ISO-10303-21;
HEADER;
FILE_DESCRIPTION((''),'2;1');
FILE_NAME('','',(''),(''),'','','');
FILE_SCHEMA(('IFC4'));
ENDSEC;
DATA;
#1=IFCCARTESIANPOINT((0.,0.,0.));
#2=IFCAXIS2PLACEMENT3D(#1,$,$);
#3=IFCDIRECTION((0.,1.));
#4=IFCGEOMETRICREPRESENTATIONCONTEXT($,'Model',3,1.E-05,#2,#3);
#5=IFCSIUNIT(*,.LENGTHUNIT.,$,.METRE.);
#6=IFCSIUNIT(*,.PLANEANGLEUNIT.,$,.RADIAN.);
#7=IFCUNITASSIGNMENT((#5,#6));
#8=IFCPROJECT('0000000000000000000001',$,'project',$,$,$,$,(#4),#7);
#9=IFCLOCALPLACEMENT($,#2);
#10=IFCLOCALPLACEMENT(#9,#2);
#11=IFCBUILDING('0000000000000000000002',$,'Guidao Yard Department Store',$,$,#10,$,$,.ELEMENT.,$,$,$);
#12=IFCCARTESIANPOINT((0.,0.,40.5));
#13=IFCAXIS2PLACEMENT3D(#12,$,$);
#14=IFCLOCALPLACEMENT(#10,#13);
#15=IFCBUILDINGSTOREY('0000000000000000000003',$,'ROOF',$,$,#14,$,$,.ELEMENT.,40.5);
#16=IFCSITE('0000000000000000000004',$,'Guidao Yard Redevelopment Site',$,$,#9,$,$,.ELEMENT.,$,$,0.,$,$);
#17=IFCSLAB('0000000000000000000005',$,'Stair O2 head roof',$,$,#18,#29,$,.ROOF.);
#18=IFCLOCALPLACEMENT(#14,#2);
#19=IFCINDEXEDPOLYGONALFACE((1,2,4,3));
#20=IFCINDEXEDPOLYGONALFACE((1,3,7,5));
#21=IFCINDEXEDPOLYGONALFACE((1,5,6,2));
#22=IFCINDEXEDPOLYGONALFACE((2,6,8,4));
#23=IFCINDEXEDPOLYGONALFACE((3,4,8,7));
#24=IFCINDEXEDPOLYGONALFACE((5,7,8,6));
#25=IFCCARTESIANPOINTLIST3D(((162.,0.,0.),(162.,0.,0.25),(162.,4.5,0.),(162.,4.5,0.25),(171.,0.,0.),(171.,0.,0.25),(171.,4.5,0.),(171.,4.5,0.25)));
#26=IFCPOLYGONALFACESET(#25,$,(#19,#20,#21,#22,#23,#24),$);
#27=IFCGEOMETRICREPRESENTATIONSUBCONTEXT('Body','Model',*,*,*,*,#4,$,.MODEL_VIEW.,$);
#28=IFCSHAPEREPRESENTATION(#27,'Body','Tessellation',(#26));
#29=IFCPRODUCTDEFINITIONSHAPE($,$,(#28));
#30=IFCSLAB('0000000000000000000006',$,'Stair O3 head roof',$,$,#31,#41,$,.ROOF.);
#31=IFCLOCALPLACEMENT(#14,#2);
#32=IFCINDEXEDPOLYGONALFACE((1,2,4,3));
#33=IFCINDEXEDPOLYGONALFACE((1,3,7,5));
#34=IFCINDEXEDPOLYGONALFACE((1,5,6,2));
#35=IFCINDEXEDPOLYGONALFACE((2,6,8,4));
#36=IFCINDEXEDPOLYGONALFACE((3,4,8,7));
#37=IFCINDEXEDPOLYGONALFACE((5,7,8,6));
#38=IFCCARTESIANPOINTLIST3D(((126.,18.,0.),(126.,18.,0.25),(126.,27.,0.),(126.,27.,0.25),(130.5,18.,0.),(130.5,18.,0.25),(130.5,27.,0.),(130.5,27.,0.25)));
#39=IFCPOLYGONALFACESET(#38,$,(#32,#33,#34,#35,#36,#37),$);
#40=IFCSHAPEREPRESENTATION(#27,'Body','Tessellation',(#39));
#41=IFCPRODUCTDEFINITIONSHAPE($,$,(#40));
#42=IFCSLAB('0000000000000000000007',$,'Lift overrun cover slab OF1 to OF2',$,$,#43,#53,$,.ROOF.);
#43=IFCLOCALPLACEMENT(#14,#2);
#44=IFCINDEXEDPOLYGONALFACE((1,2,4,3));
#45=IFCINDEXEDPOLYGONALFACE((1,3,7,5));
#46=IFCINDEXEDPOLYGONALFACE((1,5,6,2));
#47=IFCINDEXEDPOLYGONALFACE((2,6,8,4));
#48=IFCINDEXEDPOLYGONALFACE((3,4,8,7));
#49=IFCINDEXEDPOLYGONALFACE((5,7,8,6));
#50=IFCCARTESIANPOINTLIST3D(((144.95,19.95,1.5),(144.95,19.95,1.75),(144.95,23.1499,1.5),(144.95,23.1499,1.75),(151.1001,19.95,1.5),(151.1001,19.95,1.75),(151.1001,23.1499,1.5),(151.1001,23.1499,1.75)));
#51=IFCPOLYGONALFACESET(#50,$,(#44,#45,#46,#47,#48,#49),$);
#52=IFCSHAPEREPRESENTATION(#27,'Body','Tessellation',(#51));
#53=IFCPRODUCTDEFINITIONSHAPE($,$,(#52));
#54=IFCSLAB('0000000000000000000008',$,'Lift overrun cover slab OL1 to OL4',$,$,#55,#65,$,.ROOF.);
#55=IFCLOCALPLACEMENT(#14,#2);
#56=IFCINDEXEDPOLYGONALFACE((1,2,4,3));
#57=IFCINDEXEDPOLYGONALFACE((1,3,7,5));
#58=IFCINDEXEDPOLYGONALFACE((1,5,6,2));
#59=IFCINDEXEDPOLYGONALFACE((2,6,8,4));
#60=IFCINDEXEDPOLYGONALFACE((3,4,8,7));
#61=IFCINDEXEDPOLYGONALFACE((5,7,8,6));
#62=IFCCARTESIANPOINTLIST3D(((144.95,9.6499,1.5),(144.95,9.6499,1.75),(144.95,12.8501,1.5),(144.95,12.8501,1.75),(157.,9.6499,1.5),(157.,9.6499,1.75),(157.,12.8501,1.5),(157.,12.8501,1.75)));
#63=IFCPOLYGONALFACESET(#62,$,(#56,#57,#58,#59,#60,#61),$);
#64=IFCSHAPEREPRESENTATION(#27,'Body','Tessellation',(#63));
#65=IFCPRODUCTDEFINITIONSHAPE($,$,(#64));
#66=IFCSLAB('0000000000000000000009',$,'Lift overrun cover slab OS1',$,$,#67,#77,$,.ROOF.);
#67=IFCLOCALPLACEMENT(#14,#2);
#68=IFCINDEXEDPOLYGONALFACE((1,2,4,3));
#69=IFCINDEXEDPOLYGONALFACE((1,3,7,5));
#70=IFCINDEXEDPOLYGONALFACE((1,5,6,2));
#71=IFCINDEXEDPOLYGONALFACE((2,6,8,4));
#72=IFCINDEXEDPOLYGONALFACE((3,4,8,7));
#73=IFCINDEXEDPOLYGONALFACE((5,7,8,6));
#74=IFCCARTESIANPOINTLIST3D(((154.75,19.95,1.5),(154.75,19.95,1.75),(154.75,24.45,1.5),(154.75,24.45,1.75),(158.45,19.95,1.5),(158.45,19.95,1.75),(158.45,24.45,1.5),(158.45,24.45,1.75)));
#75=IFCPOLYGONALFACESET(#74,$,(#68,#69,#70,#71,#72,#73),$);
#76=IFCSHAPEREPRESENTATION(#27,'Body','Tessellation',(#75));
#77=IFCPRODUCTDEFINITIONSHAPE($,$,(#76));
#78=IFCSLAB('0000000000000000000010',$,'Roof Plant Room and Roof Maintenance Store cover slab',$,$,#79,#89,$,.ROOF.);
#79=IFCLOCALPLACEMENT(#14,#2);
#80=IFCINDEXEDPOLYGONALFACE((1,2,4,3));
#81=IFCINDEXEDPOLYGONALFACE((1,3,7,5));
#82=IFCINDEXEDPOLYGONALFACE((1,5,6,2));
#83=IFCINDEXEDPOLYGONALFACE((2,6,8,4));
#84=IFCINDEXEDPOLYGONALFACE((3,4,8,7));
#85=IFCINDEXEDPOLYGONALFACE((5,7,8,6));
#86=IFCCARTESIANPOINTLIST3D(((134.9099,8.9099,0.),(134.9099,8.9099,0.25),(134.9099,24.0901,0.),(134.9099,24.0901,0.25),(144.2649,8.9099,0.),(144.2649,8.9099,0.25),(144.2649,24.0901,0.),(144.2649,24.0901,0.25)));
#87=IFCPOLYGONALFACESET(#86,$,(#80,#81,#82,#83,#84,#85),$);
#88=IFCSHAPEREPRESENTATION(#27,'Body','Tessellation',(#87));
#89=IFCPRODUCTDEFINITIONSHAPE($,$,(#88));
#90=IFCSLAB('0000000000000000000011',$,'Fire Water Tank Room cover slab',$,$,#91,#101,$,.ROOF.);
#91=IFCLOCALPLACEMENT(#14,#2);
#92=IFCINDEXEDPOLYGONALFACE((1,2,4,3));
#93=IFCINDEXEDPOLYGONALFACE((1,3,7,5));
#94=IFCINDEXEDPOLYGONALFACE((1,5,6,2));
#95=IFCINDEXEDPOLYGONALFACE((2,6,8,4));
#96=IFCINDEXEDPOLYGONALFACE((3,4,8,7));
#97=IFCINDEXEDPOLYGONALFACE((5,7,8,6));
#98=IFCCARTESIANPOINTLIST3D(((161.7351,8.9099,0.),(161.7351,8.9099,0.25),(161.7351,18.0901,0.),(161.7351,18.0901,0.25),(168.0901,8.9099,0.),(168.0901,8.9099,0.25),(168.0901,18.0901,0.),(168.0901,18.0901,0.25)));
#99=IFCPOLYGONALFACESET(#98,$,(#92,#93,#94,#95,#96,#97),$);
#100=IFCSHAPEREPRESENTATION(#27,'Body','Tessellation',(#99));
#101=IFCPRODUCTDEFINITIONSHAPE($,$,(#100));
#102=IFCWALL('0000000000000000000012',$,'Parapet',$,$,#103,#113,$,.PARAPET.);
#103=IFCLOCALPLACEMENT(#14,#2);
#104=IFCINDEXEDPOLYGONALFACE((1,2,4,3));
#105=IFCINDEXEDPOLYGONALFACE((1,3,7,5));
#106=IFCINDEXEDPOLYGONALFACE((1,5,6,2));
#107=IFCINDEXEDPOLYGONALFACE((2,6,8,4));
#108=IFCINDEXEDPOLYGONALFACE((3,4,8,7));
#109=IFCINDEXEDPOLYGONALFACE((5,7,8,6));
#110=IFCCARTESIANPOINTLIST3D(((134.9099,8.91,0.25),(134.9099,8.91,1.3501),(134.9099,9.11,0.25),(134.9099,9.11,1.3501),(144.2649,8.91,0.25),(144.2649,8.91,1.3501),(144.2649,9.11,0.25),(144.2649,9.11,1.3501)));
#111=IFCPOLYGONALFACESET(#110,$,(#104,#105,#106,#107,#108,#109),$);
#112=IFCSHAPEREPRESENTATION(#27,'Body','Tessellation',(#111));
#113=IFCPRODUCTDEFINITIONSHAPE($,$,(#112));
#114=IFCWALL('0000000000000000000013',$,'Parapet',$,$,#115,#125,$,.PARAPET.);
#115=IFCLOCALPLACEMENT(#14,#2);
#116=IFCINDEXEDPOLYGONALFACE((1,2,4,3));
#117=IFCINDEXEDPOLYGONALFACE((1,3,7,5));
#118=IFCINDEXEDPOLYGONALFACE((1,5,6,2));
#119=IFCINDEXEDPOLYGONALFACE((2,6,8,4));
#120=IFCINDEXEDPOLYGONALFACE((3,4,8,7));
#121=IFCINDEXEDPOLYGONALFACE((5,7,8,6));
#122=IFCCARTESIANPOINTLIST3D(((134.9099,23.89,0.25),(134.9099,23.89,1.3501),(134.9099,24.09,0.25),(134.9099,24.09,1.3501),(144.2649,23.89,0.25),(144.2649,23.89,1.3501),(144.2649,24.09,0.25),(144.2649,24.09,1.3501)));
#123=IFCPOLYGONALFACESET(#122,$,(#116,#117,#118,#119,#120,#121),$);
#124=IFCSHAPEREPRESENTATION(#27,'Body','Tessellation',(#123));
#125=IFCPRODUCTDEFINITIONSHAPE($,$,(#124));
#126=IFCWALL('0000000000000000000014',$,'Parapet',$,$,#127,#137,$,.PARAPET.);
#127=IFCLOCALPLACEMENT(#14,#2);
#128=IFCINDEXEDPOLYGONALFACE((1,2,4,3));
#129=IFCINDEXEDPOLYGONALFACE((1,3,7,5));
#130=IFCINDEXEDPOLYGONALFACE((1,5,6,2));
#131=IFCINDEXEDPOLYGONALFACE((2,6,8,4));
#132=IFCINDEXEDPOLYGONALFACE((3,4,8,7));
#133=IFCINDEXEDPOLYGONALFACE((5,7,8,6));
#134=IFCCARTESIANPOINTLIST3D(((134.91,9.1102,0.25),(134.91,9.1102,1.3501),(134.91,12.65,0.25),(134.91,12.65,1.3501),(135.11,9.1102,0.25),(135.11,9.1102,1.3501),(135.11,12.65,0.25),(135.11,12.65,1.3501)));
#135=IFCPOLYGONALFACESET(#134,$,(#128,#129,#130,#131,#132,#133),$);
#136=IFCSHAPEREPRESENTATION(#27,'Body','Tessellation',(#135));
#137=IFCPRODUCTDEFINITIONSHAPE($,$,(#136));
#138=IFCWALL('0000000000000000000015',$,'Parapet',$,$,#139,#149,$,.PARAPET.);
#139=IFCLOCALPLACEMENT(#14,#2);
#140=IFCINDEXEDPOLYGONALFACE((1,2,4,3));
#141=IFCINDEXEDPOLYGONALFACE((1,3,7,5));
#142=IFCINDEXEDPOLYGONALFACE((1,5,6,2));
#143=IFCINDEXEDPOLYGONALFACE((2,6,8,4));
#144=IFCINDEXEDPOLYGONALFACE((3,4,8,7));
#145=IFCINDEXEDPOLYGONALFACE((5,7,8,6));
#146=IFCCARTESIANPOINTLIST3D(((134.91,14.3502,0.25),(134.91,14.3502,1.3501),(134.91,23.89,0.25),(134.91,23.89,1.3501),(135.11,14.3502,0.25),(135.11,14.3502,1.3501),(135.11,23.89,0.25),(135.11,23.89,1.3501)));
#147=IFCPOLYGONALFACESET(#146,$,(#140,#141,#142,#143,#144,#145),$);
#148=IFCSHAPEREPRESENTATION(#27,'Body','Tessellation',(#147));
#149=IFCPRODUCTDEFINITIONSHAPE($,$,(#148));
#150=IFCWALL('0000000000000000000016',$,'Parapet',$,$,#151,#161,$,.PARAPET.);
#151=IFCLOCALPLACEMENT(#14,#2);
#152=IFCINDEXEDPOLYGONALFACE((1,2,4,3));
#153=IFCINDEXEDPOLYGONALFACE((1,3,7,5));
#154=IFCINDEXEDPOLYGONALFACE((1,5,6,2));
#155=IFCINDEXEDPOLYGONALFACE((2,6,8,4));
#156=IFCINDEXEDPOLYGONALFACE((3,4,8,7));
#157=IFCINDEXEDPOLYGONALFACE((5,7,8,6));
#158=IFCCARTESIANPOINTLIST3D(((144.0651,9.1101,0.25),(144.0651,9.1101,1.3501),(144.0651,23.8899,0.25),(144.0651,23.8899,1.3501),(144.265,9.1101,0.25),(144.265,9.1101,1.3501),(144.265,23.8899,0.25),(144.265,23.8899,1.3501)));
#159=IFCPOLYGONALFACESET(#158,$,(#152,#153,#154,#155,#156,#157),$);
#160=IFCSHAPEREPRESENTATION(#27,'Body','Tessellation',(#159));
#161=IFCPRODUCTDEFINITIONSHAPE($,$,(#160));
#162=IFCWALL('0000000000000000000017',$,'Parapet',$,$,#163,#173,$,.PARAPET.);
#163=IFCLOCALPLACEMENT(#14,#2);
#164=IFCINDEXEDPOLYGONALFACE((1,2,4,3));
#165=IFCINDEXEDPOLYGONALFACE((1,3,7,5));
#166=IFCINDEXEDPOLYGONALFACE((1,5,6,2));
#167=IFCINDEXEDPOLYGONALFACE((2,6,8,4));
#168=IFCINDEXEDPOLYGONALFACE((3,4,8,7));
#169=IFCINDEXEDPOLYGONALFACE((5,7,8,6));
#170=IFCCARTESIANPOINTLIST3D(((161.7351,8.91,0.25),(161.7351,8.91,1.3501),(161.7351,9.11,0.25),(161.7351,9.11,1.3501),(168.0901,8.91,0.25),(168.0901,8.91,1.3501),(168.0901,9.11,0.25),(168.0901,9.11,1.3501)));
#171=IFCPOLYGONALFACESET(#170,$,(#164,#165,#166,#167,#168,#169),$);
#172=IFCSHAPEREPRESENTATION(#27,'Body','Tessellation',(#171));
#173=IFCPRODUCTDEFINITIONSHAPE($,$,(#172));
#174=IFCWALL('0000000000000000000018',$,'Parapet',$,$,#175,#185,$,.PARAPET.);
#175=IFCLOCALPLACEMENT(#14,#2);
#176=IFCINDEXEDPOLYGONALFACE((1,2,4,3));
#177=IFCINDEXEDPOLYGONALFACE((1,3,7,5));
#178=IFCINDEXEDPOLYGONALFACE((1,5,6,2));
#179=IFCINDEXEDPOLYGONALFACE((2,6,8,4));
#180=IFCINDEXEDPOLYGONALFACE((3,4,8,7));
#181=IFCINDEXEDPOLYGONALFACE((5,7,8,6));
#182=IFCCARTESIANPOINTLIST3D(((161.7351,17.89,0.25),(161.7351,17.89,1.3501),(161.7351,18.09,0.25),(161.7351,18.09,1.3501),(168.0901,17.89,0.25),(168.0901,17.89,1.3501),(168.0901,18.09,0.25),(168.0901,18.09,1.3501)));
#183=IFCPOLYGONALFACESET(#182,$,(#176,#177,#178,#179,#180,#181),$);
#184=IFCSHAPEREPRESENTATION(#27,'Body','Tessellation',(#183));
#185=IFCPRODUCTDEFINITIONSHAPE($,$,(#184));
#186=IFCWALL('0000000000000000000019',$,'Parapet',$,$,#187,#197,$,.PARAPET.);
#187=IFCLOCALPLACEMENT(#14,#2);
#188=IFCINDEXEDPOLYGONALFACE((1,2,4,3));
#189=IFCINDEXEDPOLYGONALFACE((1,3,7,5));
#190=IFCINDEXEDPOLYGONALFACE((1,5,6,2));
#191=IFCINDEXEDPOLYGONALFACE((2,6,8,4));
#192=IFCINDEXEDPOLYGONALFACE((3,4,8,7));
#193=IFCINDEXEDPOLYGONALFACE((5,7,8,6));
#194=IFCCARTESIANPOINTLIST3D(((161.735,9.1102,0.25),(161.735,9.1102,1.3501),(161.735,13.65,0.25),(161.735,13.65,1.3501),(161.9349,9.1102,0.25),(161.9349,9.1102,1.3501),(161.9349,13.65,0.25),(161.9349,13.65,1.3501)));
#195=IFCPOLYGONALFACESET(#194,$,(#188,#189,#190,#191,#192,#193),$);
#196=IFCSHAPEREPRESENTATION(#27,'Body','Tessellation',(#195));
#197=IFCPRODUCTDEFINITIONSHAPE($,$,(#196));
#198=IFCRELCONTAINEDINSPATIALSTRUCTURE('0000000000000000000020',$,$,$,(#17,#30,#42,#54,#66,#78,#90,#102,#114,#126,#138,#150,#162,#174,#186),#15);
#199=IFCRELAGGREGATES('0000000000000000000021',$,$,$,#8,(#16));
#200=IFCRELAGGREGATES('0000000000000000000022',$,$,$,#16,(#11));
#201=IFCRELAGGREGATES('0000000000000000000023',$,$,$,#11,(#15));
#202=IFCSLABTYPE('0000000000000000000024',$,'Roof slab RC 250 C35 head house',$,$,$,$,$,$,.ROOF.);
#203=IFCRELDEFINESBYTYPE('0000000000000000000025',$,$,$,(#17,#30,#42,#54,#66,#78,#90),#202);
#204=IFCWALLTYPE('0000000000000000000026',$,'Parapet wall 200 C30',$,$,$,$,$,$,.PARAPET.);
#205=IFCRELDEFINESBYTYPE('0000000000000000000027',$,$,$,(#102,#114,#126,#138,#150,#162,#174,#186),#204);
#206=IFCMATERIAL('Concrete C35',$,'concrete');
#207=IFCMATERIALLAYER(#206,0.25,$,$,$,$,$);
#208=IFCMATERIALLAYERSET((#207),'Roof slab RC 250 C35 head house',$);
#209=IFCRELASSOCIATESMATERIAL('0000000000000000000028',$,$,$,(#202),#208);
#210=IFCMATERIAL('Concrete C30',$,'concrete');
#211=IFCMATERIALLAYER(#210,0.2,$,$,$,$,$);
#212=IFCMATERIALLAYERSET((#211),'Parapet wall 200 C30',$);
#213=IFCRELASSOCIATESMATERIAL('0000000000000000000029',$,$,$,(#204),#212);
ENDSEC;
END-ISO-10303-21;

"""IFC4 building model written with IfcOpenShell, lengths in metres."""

from ifc_helpers import new_model, si_unit, direction, frame, frame_2d, origin, place, context, subcontext, project, spatial, polyline, rectangle, outline, extrude, material, layer, layer_set, type_object, element, save


model = new_model("IFC4")

# Units and contexts
model_context = context("Model", 3, precision=1e-05, world=origin(), true_north=direction((0.0, 1.0)))
body_context = subcontext(model_context, "Body", "Model", "MODEL_VIEW")
ifc_project = project(units=[si_unit("LENGTHUNIT", "METRE"), si_unit("PLANEANGLEUNIT", "RADIAN")], contexts=[model_context])

# Site, building, storey
site_placement = place(None, origin())
site = spatial("IfcSite", under=ifc_project, at=site_placement, Name="Guidao Yard Redevelopment Site", CompositionType="ELEMENT", RefElevation=0.0)
building_placement = place(site_placement, origin())
building = spatial("IfcBuilding", under=site, at=building_placement, Name="Guidao Yard Department Store", CompositionType="ELEMENT")
storey_placement = place(building_placement, frame((0.0, 0.0, 40.5)))
storey = spatial("IfcBuildingStorey", under=building, at=storey_placement, Name="ROOF", CompositionType="ELEMENT", Elevation=40.5)

# Slabs
ifc_material_1 = material(Name="Concrete C35", Category="concrete")
ifc_layer_1 = layer(ifc_material_1, 0.25)
ifc_layer_set_1 = layer_set([ifc_layer_1], Name="Roof slab RC 250 C35 head house")
slab_type = type_object("IfcSlabType", Name="Roof slab RC 250 C35 head house", PredefinedType="ROOF", material=ifc_layer_set_1)
slab_1_placement = place(storey_placement, origin())
element("IfcSlab", 1, at=slab_1_placement, inside=storey, type_object=slab_type, Name="Stair O2 head roof", PredefinedType="ROOF", context=body_context, shape_type="SweptSolid", body=[
    extrude(outline(polyline([(162.0, 0.0), (171.0, 0.0), (171.0, 4.5), (162.0, 4.5), (162.0, 0.0)])), origin(), (0.0, 0.0, 1.0), 0.25),
])
slab_2_placement = place(storey_placement, origin())
element("IfcSlab", 2, at=slab_2_placement, inside=storey, type_object=slab_type, Name="Stair O3 head roof", PredefinedType="ROOF", context=body_context, shape_type="SweptSolid", body=[
    extrude(outline(polyline([(126.0, 18.0), (130.5, 18.0), (130.5, 27.0), (126.0, 27.0), (126.0, 18.0)])), origin(), (0.0, 0.0, 1.0), 0.25),
])
slab_3_placement = place(storey_placement, frame((0.0, 0.0, 1.5)))
element("IfcSlab", 3, at=slab_3_placement, inside=storey, type_object=slab_type, Name="Lift overrun cover slab OF1 to OF2", PredefinedType="ROOF", context=body_context, shape_type="SweptSolid", body=[
    extrude(outline(polyline([(144.95, 19.95), (151.1001, 19.95), (151.1001, 23.1499), (144.95, 23.1499), (144.95, 19.95)])), origin(), (0.0, 0.0, 1.0), 0.25),
])
slab_4_placement = place(storey_placement, frame((0.0, 0.0, 1.5)))
element("IfcSlab", 4, at=slab_4_placement, inside=storey, type_object=slab_type, Name="Lift overrun cover slab OL1 to OL4", PredefinedType="ROOF", context=body_context, shape_type="SweptSolid", body=[
    extrude(outline(polyline([(144.95, 9.6499), (157.0, 9.6499), (157.0, 12.8501), (144.95, 12.8501), (144.95, 9.6499)])), origin(), (0.0, 0.0, 1.0), 0.25),
])
slab_5_placement = place(storey_placement, frame((0.0, 0.0, 1.5)))
element("IfcSlab", 5, at=slab_5_placement, inside=storey, type_object=slab_type, Name="Lift overrun cover slab OS1", PredefinedType="ROOF", context=body_context, shape_type="SweptSolid", body=[
    extrude(outline(polyline([(154.75, 19.95), (158.45, 19.95), (158.45, 24.45), (154.75, 24.45), (154.75, 19.95)])), origin(), (0.0, 0.0, 1.0), 0.25),
])
slab_6_placement = place(storey_placement, origin())
element("IfcSlab", 6, at=slab_6_placement, inside=storey, type_object=slab_type, Name="Roof Plant Room and Roof Maintenance Store cover slab", PredefinedType="ROOF", context=body_context, shape_type="SweptSolid", body=[
    extrude(outline(polyline([(134.9099, 24.0901), (144.2649, 24.0901), (144.2649, 8.9099), (134.9099, 8.9099), (134.9099, 24.0901)])), origin(), (0.0, 0.0, 1.0), 0.25),
])
slab_7_placement = place(storey_placement, origin())
element("IfcSlab", 7, at=slab_7_placement, inside=storey, type_object=slab_type, Name="Fire Water Tank Room cover slab", PredefinedType="ROOF", context=body_context, shape_type="SweptSolid", body=[
    extrude(outline(polyline([(168.0901, 8.9099), (161.7351, 8.9099), (161.7351, 18.0901), (168.0901, 18.0901), (168.0901, 8.9099)])), origin(), (0.0, 0.0, 1.0), 0.25),
])

# Walls
ifc_material_2 = material(Name="Concrete C30", Category="concrete")
ifc_layer_2 = layer(ifc_material_2, 0.2)
ifc_layer_set_2 = layer_set([ifc_layer_2], Name="Parapet wall 200 C30")
wall_type = type_object("IfcWallType", Name="Parapet wall 200 C30", PredefinedType="PARAPET", material=ifc_layer_set_2)
for number, where, z_axis, x_axis, name in (
    (8, (134.9099, 9.01, 0.25), (0.0, 0.0, 1.0), (1.0, 0.0, 0.0), "Parapet"),
    (9, (134.9099, 23.99, 0.25), (0.0, 0.0, 1.0), (1.0, 0.0, 0.0), "Parapet"),
):
    element("IfcWall", number, at=place(storey_placement, frame(where, z_axis=z_axis, x_axis=x_axis)), inside=storey, type_object=wall_type, Name=name, PredefinedType="PARAPET", context=body_context, shape_type="SweptSolid", body=[
        extrude(rectangle(XDim=9.355, YDim=0.2, at=frame_2d((4.6775, 0.0))), origin(), (0.0, 0.0, 1.0), 1.1001),
    ])
wall_1_placement = place(storey_placement, frame((135.01, 9.1101, 0.25), z_axis=(0.0, 0.0, 1.0), x_axis=(0.0, 1.0, 0.0)))
element("IfcWall", 10, at=wall_1_placement, inside=storey, type_object=wall_type, Name="Parapet", PredefinedType="PARAPET", context=body_context, shape_type="SweptSolid", body=[
    extrude(rectangle(XDim=3.5398, YDim=0.2, at=frame_2d((1.77, 0.0))), origin(), (0.0, 0.0, 1.0), 1.1001),
])
wall_2_placement = place(storey_placement, frame((135.01, 14.3501, 0.25), z_axis=(0.0, 0.0, 1.0), x_axis=(0.0, 1.0, 0.0)))
element("IfcWall", 11, at=wall_2_placement, inside=storey, type_object=wall_type, Name="Parapet", PredefinedType="PARAPET", context=body_context, shape_type="SweptSolid", body=[
    extrude(rectangle(XDim=9.5398, YDim=0.2, at=frame_2d((4.77, 0.0))), origin(), (0.0, 0.0, 1.0), 1.1001),
])
wall_3_placement = place(storey_placement, frame((144.165, 9.1101, 0.25), z_axis=(0.0, 0.0, 1.0), x_axis=(0.0, 1.0, 0.0)))
element("IfcWall", 12, at=wall_3_placement, inside=storey, type_object=wall_type, Name="Parapet", PredefinedType="PARAPET", context=body_context, shape_type="SweptSolid", body=[
    extrude(rectangle(XDim=14.7798, YDim=0.2, at=frame_2d((7.3899, 0.0))), origin(), (0.0, 0.0, 1.0), 1.1001),
])
for number, where, z_axis, x_axis, name in (
    (13, (161.7351, 9.01, 0.25), (0.0, 0.0, 1.0), (1.0, 0.0, 0.0), "Parapet"),
    (14, (161.7351, 17.99, 0.25), (0.0, 0.0, 1.0), (1.0, 0.0, 0.0), "Parapet"),
):
    element("IfcWall", number, at=place(storey_placement, frame(where, z_axis=z_axis, x_axis=x_axis)), inside=storey, type_object=wall_type, Name=name, PredefinedType="PARAPET", context=body_context, shape_type="SweptSolid", body=[
        extrude(rectangle(XDim=6.355, YDim=0.2, at=frame_2d((3.1775, 0.0))), origin(), (0.0, 0.0, 1.0), 1.1001),
    ])
wall_4_placement = place(storey_placement, frame((161.835, 9.1101, 0.25), z_axis=(0.0, 0.0, 1.0), x_axis=(0.0, 1.0, 0.0)))
element("IfcWall", 15, at=wall_4_placement, inside=storey, type_object=wall_type, Name="Parapet", PredefinedType="PARAPET", context=body_context, shape_type="SweptSolid", body=[
    extrude(rectangle(XDim=4.5398, YDim=0.2, at=frame_2d((2.27, 0.0))), origin(), (0.0, 0.0, 1.0), 1.1001),
])

save(model, "model.ifc")
